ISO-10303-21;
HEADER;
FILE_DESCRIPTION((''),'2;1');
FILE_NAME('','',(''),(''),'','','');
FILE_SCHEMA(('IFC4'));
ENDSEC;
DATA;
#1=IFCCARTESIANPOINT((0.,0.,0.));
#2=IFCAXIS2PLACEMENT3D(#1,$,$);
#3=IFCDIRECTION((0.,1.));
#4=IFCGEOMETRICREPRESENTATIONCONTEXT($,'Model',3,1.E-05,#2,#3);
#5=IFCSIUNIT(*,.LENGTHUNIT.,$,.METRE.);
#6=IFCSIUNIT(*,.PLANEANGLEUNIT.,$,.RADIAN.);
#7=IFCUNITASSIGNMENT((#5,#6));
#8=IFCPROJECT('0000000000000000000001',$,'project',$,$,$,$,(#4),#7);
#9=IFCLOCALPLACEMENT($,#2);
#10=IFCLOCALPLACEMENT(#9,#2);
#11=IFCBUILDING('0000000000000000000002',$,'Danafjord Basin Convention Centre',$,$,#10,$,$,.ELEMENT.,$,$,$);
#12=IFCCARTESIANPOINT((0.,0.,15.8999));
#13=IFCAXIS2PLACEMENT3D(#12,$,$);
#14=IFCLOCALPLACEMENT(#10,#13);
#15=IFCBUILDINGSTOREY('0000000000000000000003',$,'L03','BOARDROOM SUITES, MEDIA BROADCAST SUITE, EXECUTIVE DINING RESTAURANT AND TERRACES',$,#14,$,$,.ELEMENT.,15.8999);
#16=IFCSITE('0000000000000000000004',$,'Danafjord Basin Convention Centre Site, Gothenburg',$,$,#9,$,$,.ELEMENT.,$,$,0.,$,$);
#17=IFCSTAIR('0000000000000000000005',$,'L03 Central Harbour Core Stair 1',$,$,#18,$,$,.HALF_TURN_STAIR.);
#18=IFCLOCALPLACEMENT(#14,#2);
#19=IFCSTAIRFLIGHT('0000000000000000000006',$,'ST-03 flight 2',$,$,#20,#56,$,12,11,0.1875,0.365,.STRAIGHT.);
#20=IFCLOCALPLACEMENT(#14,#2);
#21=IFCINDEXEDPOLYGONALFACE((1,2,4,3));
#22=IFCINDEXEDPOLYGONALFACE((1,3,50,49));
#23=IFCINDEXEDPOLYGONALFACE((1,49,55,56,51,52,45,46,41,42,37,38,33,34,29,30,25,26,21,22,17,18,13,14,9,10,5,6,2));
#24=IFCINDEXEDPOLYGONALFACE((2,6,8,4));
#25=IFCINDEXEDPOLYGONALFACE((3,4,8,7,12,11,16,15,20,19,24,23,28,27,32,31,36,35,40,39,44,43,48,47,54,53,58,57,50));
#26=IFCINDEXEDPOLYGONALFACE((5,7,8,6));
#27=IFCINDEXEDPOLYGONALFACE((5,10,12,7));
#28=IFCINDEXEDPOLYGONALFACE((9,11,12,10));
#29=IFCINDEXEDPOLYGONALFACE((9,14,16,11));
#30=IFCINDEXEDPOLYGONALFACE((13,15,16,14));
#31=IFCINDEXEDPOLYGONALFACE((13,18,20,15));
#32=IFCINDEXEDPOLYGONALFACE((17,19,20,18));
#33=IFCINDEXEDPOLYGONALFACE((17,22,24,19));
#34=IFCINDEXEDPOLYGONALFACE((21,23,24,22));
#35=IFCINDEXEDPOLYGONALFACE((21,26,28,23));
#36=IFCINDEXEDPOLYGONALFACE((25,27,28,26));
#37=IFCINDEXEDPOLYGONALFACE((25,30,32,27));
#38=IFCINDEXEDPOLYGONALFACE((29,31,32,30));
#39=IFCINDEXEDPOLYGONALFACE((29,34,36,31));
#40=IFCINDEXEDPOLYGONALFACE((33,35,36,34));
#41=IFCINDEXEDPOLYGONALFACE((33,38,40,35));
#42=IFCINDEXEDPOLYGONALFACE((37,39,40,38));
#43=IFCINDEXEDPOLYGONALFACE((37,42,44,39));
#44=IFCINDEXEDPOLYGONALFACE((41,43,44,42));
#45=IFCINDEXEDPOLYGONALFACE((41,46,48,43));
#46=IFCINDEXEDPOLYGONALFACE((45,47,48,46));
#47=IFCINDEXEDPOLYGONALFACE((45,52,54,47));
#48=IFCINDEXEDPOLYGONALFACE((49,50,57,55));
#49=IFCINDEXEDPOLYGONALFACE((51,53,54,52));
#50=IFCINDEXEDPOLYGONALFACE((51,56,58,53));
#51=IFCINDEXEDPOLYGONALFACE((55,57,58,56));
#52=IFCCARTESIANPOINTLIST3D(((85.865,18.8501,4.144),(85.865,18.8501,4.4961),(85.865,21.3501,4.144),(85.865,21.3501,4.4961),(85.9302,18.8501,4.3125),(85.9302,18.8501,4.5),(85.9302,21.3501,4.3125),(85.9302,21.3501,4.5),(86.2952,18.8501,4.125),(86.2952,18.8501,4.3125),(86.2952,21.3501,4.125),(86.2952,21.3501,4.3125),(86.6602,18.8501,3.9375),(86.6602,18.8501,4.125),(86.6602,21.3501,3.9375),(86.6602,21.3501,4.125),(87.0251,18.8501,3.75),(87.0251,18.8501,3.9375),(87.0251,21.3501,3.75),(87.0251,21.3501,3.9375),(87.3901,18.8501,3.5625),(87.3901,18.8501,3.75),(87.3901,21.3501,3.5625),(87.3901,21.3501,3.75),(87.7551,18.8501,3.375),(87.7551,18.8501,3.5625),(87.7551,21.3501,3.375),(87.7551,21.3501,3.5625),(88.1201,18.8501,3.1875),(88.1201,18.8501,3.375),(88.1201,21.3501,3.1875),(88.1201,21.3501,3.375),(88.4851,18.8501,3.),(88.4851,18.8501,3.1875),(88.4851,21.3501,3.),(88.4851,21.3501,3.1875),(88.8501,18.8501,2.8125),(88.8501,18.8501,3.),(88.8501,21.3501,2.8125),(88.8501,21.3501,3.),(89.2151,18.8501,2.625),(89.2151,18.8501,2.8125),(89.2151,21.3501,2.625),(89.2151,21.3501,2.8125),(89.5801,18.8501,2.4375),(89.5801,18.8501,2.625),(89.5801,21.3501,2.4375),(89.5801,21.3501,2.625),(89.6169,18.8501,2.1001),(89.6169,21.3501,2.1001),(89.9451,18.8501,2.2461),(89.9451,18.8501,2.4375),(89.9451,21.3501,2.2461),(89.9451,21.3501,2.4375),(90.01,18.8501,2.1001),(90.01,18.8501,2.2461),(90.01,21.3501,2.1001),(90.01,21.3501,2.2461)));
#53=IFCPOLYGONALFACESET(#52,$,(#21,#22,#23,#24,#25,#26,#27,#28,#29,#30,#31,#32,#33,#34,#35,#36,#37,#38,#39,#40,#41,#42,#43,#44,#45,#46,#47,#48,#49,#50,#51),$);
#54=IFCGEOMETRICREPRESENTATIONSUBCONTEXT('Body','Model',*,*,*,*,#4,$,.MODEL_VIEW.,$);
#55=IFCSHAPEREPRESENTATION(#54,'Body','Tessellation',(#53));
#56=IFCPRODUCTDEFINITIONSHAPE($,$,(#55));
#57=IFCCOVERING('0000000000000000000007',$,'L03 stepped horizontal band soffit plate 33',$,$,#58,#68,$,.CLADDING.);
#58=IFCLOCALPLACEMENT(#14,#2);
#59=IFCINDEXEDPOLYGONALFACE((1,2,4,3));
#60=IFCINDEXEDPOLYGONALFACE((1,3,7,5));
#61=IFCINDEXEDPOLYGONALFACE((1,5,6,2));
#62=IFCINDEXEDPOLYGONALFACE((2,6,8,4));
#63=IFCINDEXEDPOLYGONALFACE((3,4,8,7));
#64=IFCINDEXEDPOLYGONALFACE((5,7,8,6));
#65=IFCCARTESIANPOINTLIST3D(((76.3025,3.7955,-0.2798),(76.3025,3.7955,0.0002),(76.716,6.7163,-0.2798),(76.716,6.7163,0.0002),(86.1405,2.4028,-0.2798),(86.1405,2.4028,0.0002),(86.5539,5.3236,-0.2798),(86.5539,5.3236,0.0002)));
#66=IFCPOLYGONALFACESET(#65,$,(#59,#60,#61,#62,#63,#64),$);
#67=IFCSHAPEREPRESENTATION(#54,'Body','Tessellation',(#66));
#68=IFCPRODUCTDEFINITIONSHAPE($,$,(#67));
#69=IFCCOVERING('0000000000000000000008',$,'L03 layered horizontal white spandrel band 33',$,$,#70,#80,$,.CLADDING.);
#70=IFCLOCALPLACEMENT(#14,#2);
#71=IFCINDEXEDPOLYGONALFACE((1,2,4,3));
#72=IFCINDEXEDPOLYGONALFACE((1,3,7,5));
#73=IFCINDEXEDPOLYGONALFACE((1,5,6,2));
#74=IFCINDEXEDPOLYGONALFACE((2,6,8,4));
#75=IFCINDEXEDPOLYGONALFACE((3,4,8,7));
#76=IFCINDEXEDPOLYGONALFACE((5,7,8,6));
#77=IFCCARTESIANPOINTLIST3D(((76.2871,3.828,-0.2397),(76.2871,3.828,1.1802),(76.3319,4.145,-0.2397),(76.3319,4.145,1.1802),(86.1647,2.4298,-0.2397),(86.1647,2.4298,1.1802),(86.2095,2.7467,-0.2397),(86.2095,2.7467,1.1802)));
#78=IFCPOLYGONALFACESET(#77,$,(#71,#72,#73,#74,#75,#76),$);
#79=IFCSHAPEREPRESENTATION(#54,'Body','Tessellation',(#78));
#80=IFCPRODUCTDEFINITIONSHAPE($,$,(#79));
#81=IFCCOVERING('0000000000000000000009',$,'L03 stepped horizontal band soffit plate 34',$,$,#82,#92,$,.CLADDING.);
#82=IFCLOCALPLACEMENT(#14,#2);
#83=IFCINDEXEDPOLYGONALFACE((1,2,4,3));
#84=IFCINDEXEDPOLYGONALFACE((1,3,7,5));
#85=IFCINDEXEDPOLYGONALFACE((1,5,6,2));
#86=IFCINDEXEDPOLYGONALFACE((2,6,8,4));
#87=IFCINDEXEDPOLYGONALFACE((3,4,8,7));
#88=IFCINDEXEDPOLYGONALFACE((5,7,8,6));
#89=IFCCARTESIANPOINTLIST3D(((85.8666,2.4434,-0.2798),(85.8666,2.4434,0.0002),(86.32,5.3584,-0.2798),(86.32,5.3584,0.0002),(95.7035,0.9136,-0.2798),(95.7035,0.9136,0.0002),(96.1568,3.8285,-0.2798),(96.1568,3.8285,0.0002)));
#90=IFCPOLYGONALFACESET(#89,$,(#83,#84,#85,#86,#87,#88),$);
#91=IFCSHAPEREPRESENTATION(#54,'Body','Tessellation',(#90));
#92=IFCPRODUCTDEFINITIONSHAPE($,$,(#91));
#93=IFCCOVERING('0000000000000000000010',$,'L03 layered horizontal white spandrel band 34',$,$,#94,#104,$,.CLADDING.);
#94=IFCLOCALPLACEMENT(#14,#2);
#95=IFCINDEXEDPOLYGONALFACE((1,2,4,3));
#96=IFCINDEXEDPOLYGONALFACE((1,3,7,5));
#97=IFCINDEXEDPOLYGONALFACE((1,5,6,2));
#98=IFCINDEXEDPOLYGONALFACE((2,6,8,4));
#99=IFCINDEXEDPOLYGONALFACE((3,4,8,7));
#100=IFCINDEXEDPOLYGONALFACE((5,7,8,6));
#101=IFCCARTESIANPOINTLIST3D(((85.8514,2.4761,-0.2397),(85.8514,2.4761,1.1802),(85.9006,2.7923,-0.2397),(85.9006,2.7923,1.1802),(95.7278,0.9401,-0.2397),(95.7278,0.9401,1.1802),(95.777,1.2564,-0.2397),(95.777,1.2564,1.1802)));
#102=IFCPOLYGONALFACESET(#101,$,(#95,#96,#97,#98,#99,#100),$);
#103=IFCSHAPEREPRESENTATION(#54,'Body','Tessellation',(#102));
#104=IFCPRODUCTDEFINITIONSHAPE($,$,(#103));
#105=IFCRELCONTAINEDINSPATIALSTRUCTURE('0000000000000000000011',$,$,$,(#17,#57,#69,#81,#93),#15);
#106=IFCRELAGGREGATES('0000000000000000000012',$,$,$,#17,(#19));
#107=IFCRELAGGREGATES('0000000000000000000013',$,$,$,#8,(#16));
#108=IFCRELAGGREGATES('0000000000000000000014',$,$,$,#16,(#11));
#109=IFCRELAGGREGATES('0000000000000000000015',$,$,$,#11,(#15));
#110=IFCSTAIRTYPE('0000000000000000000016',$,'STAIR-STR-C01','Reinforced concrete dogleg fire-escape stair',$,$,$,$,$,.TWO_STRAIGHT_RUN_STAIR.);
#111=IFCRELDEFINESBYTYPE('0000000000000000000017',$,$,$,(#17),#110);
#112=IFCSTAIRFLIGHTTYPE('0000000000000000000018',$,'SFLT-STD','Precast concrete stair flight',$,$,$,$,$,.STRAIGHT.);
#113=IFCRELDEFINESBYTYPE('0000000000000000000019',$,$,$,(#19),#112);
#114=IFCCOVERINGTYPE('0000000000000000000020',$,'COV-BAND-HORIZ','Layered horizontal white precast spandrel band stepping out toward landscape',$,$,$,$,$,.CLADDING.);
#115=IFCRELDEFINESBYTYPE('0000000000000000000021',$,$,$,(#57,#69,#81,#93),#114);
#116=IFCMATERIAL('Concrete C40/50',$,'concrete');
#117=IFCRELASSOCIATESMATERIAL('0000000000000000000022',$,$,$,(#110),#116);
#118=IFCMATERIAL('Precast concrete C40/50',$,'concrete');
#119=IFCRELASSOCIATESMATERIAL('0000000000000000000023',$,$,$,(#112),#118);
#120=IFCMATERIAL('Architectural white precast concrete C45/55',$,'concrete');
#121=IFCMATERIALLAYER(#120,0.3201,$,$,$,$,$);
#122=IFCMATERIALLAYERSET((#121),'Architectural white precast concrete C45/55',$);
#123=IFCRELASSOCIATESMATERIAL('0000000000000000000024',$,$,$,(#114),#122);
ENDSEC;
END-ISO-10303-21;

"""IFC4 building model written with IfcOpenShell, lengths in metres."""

from ifc_helpers import new_model, si_unit, direction, frame, origin, origin_2d, place, context, subcontext, project, spatial, polyline, rectangle, outline, extrude, material, layer, layer_set, type_object, element, aggregate, save


model = new_model("IFC4")

# Units and contexts
model_context = context("Model", 3, precision=1e-05, world=origin(), true_north=direction((0.0, 1.0)))
body_context = subcontext(model_context, "Body", "Model", "MODEL_VIEW")
ifc_project = project(units=[si_unit("LENGTHUNIT", "METRE"), si_unit("PLANEANGLEUNIT", "RADIAN")], contexts=[model_context])

# Site, building, storey
site_placement = place(None, origin())
site = spatial("IfcSite", under=ifc_project, at=site_placement, Name="Danafjord Basin Convention Centre Site, Gothenburg", CompositionType="ELEMENT", RefElevation=0.0)
building_placement = place(site_placement, origin())
building = spatial("IfcBuilding", under=site, at=building_placement, Name="Danafjord Basin Convention Centre", CompositionType="ELEMENT")
storey_placement = place(building_placement, frame((0.0, 0.0, 15.8999)))
storey = spatial("IfcBuildingStorey", under=building, at=storey_placement, Name="L03", Description="BOARDROOM SUITES, MEDIA BROADCAST SUITE, EXECUTIVE DINING RESTAURANT AND TERRACES", CompositionType="ELEMENT", Elevation=15.8999)

# Stair, stair flight
ifc_material_1 = material(Name="Concrete C40/50", Category="concrete")
stair_type = type_object("IfcStairType", Name="STAIR-STR-C01", Description="Reinforced concrete dogleg fire-escape stair", PredefinedType="TWO_STRAIGHT_RUN_STAIR", material=ifc_material_1)
stair_placement = place(storey_placement, origin())
stair = element("IfcStair", 1, at=stair_placement, inside=storey, type_object=stair_type, Name="L03 Central Harbour Core Stair 1", PredefinedType="HALF_TURN_STAIR")
ifc_material_2 = material(Name="Precast concrete C40/50", Category="concrete")
stair_flight_type = type_object("IfcStairFlightType", Name="SFLT-STD", Description="Precast concrete stair flight", PredefinedType="STRAIGHT", material=ifc_material_2)
stair_flight_1_placement = place(storey_placement, frame((89.9451, 20.1001, 2.25), z_axis=(0.0, 0.0, 1.0), x_axis=(-1.0, 0.0, 0.0)))
stair_flight_1 = element("IfcStairFlight", 2, at=stair_flight_1_placement, type_object=stair_flight_type, Name="ST-03 flight 2", NumberOfRisers=12, NumberOfTreads=11, PredefinedType="STRAIGHT", RiserHeight=0.1875, TreadLength=0.365, context=body_context, shape_type="SweptSolid", body=[
    extrude(outline(polyline([(-0.0649, -0.1499), (-0.0649, -0.0039), (0.0, -0.0039), (0.0, 0.1875), (0.365, 0.1875), (0.365, 0.375), (0.73, 0.375), (0.73, 0.5625), (1.095, 0.5625), (1.095, 0.75), (1.46, 0.75), (1.46, 0.9375), (1.825, 0.9375), (1.825, 1.125), (2.1899, 1.125), (2.1899, 1.3125), (2.5549, 1.3125), (2.5549, 1.5), (2.9199, 1.5), (2.9199, 1.6875), (3.2849, 1.6875), (3.2849, 1.875), (3.6499, 1.875), (3.6499, 2.0625), (4.0149, 2.0625), (4.0149, 2.25), (4.0801, 2.2461), (4.0801, 1.894), (0.3281, -0.1499), (-0.0649, -0.1499)])), frame((0.0, 1.25, 0.0), z_axis=(0.0, -1.0, 0.0), x_axis=(1.0, 0.0, 0.0)), (0.0, 0.0, 1.0), 2.5),
])
aggregate(stair, [stair_flight_1])

# Coverings
ifc_material_3 = material(Name="Architectural white precast concrete C45/55", Category="concrete")
ifc_layer_1 = layer(ifc_material_3, 0.3201)
ifc_layer_set_1 = layer_set([ifc_layer_1], Name="Architectural white precast concrete C45/55")
covering_type = type_object("IfcCoveringType", Name="COV-BAND-HORIZ", Description="Layered horizontal white precast spandrel band stepping out toward landscape", PredefinedType="CLADDING", material=ifc_layer_set_1)
covering_1_placement = place(storey_placement, frame((81.4282, 4.5596, -0.2798), z_axis=(0.0, 0.0, 1.0), x_axis=(0.990128, -0.140165, 0.0)))
element("IfcCovering", 3, at=covering_1_placement, inside=storey, type_object=covering_type, Name="L03 stepped horizontal band soffit plate 33", PredefinedType="CLADDING", context=body_context, shape_type="SweptSolid", body=[
    extrude(rectangle(XDim=9.936, YDim=2.95, at=origin_2d()), origin(), (0.0, 0.0, 1.0), 0.28),
])
covering_2_placement = place(storey_placement, frame((81.2483, 3.2874, -0.2397), z_axis=(0.0, 0.0, 1.0), x_axis=(0.990128, -0.140165, 0.0)))
element("IfcCovering", 4, at=covering_2_placement, inside=storey, type_object=covering_type, Name="L03 layered horizontal white spandrel band 33", PredefinedType="CLADDING", context=body_context, shape_type="SweptSolid", body=[
    extrude(rectangle(XDim=9.9761, YDim=0.3201, at=origin_2d()), origin(), (0.0, 0.0, 1.0), 1.4199),
])
covering_3_placement = place(storey_placement, frame((91.0117, 3.136, -0.2798), z_axis=(0.0, 0.0, 1.0), x_axis=(0.988122, -0.153674, 0.0)))
element("IfcCovering", 5, at=covering_3_placement, inside=storey, type_object=covering_type, Name="L03 stepped horizontal band soffit plate 34", PredefinedType="CLADDING", context=body_context, shape_type="SweptSolid", body=[
    extrude(rectangle(XDim=9.9551, YDim=2.95, at=origin_2d()), origin(), (0.0, 0.0, 1.0), 0.28),
])
covering_4_placement = place(storey_placement, frame((90.8142, 1.8662, -0.2397), z_axis=(0.0, 0.0, 1.0), x_axis=(0.988122, -0.153674, 0.0)))
element("IfcCovering", 6, at=covering_4_placement, inside=storey, type_object=covering_type, Name="L03 layered horizontal white spandrel band 34", PredefinedType="CLADDING", context=body_context, shape_type="SweptSolid", body=[
    extrude(rectangle(XDim=9.9951, YDim=0.3201, at=origin_2d()), origin(), (0.0, 0.0, 1.0), 1.4199),
])

save(model, "model.ifc")
